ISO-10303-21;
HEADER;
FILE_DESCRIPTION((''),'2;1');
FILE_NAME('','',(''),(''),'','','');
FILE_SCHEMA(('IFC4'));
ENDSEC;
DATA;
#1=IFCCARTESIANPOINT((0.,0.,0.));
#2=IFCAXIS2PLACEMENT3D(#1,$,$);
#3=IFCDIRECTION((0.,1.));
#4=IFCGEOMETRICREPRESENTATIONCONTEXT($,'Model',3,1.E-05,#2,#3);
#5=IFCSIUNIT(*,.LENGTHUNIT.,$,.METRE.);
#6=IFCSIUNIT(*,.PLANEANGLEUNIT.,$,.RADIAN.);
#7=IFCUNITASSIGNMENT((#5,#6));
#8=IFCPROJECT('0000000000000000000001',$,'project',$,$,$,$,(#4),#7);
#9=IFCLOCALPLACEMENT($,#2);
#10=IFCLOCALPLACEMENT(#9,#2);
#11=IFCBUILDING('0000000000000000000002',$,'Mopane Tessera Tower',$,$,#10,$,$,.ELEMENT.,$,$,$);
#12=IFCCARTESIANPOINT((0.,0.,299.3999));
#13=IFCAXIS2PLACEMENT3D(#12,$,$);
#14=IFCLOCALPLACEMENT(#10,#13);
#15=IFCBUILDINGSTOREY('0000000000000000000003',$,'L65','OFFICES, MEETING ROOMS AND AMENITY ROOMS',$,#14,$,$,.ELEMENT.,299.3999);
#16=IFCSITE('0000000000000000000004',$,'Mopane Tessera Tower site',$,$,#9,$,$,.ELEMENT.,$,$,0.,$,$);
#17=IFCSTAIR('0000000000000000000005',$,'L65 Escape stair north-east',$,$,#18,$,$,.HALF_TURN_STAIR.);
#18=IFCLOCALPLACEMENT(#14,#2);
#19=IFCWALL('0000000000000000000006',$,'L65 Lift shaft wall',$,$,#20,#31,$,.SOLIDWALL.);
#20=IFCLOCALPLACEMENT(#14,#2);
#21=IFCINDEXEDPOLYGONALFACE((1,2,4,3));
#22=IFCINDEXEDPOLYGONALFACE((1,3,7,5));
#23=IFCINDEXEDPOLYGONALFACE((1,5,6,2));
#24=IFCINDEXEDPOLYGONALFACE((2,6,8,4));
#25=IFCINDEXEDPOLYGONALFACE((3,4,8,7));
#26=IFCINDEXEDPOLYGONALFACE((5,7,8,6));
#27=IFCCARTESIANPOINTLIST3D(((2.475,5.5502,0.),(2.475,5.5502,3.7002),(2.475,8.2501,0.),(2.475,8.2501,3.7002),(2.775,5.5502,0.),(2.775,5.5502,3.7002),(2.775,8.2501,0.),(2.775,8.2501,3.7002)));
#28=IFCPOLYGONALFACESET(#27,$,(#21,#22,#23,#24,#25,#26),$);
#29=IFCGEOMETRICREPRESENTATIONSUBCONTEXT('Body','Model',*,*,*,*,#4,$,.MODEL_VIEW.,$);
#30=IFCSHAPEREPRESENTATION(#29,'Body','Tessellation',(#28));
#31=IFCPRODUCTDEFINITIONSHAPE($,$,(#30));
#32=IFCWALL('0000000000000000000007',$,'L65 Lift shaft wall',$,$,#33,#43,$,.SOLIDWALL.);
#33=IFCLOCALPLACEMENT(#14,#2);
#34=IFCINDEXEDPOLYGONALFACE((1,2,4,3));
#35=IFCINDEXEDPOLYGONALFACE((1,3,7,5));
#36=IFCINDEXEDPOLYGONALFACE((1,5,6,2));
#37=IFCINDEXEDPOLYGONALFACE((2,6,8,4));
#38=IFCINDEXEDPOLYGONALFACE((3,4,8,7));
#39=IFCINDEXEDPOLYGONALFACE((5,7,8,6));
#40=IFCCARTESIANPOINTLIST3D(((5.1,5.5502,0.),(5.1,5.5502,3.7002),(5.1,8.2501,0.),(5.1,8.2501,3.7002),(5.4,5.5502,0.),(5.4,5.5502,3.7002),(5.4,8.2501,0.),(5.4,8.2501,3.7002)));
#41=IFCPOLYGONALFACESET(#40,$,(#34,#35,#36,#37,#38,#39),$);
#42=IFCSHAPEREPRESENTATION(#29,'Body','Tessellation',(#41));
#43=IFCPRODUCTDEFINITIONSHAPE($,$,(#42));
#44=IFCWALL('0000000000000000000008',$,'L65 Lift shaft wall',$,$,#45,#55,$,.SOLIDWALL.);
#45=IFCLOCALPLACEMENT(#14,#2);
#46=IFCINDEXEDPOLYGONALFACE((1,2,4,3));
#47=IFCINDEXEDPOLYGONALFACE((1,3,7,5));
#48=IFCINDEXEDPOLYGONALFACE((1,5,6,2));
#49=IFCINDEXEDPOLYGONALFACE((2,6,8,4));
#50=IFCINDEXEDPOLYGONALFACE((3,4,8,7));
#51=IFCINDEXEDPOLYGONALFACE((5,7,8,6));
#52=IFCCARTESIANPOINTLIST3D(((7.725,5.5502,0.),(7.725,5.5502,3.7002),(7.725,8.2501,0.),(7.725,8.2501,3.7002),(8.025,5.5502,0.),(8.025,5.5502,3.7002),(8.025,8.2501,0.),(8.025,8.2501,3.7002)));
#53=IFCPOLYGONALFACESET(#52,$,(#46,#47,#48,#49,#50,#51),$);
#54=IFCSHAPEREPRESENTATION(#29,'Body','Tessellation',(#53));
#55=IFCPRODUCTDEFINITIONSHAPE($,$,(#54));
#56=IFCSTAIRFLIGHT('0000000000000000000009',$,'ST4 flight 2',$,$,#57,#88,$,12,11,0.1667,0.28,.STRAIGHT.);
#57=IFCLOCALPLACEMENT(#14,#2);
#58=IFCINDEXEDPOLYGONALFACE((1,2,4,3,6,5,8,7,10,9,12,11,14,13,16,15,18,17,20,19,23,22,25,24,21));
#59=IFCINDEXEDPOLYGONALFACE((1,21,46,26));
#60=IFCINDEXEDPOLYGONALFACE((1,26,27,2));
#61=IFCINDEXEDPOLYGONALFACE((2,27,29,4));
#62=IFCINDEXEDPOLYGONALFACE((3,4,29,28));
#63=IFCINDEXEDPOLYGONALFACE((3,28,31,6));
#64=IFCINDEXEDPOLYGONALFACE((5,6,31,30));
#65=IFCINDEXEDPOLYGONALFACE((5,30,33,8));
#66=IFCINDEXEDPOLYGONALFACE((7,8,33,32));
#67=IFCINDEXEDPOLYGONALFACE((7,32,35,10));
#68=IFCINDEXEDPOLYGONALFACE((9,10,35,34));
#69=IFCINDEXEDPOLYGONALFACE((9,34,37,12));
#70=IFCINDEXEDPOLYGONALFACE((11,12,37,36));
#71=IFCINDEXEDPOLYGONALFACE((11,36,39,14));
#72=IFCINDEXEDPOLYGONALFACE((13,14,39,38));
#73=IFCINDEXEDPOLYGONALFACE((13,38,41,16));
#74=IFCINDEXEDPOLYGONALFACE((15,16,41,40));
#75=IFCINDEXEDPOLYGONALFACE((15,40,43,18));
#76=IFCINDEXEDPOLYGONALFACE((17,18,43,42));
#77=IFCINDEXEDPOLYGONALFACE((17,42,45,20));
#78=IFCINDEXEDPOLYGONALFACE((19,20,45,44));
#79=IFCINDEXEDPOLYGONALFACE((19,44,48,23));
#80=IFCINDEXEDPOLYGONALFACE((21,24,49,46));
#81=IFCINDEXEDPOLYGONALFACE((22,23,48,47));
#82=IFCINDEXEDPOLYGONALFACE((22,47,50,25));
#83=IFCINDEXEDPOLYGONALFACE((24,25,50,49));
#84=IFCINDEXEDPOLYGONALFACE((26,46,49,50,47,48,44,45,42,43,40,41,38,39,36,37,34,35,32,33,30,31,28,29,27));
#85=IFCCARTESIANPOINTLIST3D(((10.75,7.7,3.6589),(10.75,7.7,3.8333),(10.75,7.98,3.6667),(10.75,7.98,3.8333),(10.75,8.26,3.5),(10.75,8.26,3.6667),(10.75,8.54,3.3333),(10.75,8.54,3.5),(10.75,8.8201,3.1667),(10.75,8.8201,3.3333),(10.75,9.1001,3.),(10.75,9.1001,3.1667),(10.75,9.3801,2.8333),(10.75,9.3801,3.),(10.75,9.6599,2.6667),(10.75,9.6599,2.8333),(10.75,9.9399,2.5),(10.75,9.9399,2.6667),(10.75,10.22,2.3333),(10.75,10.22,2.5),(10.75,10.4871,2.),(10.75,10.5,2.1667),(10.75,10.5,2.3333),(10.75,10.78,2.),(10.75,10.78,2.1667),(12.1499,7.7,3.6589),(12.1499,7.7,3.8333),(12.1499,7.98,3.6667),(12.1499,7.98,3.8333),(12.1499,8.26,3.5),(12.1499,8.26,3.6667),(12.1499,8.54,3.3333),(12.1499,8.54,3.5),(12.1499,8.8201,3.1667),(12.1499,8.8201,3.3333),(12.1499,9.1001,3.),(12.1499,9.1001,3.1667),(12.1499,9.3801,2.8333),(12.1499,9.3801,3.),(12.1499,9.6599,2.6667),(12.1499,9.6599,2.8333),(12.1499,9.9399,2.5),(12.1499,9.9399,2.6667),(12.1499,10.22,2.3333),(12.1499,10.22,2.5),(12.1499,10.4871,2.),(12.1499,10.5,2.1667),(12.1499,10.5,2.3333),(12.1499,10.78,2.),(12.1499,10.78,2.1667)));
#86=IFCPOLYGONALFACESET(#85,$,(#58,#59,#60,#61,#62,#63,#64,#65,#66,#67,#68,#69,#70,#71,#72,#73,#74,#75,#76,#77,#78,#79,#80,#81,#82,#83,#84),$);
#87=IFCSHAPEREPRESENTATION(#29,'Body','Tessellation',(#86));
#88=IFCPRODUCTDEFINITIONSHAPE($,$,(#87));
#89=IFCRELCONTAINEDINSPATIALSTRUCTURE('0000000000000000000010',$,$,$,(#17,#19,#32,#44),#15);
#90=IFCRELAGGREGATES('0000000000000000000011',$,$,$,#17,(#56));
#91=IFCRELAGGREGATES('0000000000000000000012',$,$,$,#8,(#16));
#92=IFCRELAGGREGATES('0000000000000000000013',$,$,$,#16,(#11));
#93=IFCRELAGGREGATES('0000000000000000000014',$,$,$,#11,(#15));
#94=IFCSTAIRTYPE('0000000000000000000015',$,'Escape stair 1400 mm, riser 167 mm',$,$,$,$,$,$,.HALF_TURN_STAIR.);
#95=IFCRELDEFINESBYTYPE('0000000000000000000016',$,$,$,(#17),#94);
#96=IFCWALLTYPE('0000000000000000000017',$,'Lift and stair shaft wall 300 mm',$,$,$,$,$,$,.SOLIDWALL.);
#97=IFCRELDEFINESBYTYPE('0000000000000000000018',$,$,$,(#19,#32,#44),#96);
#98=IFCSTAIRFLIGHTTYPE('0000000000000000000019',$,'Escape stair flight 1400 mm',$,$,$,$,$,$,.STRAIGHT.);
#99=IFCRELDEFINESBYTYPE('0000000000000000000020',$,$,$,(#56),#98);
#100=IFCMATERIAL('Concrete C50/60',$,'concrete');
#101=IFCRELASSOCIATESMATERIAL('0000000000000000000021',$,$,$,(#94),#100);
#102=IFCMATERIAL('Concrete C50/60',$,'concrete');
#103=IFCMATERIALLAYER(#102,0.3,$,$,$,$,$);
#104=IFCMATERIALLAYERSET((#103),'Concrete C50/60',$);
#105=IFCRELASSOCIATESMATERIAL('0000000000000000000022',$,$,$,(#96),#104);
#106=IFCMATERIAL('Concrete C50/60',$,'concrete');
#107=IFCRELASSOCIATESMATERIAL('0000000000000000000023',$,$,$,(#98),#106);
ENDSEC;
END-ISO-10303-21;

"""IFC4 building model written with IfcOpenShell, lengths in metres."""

from ifc_helpers import new_model, si_unit, direction, frame, frame_2d, origin, place, context, subcontext, project, spatial, polyline, rectangle, outline, extrude, material, layer, layer_set, type_object, element, aggregate, save


model = new_model("IFC4")

# Units and contexts
model_context = context("Model", 3, precision=1e-05, world=origin(), true_north=direction((0.0, 1.0)))
body_context = subcontext(model_context, "Body", "Model", "MODEL_VIEW")
ifc_project = project(units=[si_unit("LENGTHUNIT", "METRE"), si_unit("PLANEANGLEUNIT", "RADIAN")], contexts=[model_context])

# Site, building, storey
site_placement = place(None, origin())
site = spatial("IfcSite", under=ifc_project, at=site_placement, Name="Mopane Tessera Tower site", CompositionType="ELEMENT", RefElevation=0.0)
building_placement = place(site_placement, origin())
building = spatial("IfcBuilding", under=site, at=building_placement, Name="Mopane Tessera Tower", CompositionType="ELEMENT")
storey_placement = place(building_placement, frame((0.0, 0.0, 299.3999)))
storey = spatial("IfcBuildingStorey", under=building, at=storey_placement, Name="L65", Description="OFFICES, MEETING ROOMS AND AMENITY ROOMS", CompositionType="ELEMENT", Elevation=299.3999)

# Stair
ifc_material_1 = material(Name="Concrete C50/60", Category="concrete")
stair_type = type_object("IfcStairType", Name="Escape stair 1400 mm, riser 167 mm", PredefinedType="HALF_TURN_STAIR", material=ifc_material_1)
stair_1_placement = place(storey_placement, origin())
stair_1 = element("IfcStair", 1, at=stair_1_placement, inside=storey, type_object=stair_type, Name="L65 Escape stair north-east", PredefinedType="HALF_TURN_STAIR")

# Shared definitions
ifc_material_2 = material(Name="Concrete C50/60", Category="concrete")
ifc_layer_1 = layer(ifc_material_2, 0.3)
ifc_layer_set_1 = layer_set([ifc_layer_1], Name="Concrete C50/60")
wall_type_1 = type_object("IfcWallType", Name="Lift and stair shaft wall 300 mm", PredefinedType="SOLIDWALL", material=ifc_layer_set_1)

# Walls
for number, where, z_axis, x_axis, name in (
    (2, (2.625, 5.55, 0.0), (0.0, 0.0, 1.0), (0.0, 1.0, 0.0), "L65 Lift shaft wall"),
    (3, (5.25, 5.55, 0.0), (0.0, 0.0, 1.0), (0.0, 1.0, 0.0), "L65 Lift shaft wall"),
    (4, (7.875, 5.55, 0.0), (0.0, 0.0, 1.0), (0.0, 1.0, 0.0), "L65 Lift shaft wall"),
):
    element("IfcWall", number, at=place(storey_placement, frame(where, z_axis=z_axis, x_axis=x_axis)), inside=storey, type_object=wall_type_1, Name=name, PredefinedType="SOLIDWALL", context=body_context, shape_type="SweptSolid", body=[
        extrude(rectangle(XDim=2.7, YDim=0.3, at=frame_2d((1.3501, 0.0))), origin(), (0.0, 0.0, 1.0), 3.7002),
    ])

# Stair flight
ifc_material_3 = material(Name="Concrete C50/60", Category="concrete")
stair_flight_type = type_object("IfcStairFlightType", Name="Escape stair flight 1400 mm", PredefinedType="STRAIGHT", material=ifc_material_3)
stair_flight_placement = place(storey_placement, frame((11.45, 10.78, 2.0), z_axis=(0.0, 0.0, 1.0), x_axis=(0.0, -1.0, 0.0)))
stair_flight = element("IfcStairFlight", 5, at=stair_flight_placement, type_object=stair_flight_type, Name="ST4 flight 2", NumberOfRisers=12, NumberOfTreads=11, PredefinedType="STRAIGHT", RiserHeight=0.1667, TreadLength=0.28, context=body_context, shape_type="SweptSolid", body=[
    extrude(outline(polyline([(0.0, 0.0), (0.0, 0.1667), (0.28, 0.1667), (0.28, 0.3333), (0.5601, 0.3333), (0.5601, 0.5), (0.8401, 0.5), (0.8401, 0.6667), (1.1201, 0.6667), (1.1201, 0.8333), (1.3999, 0.8333), (1.3999, 1.0), (1.6799, 1.0), (1.6799, 1.1667), (1.96, 1.1667), (1.96, 1.3333), (2.24, 1.3333), (2.24, 1.5), (2.52, 1.5), (2.52, 1.6667), (2.8, 1.6667), (2.8, 1.8333), (3.0801, 1.8333), (3.0801, 2.0), (3.0801, 1.6589), (0.293, 0.0), (0.0, 0.0)])), frame((0.0, 0.7, 0.0), z_axis=(0.0, -1.0, 0.0), x_axis=(1.0, 0.0, 0.0)), (0.0, 0.0, 1.0), 1.3999),
])
aggregate(stair_1, [stair_flight])

save(model, "model.ifc")
